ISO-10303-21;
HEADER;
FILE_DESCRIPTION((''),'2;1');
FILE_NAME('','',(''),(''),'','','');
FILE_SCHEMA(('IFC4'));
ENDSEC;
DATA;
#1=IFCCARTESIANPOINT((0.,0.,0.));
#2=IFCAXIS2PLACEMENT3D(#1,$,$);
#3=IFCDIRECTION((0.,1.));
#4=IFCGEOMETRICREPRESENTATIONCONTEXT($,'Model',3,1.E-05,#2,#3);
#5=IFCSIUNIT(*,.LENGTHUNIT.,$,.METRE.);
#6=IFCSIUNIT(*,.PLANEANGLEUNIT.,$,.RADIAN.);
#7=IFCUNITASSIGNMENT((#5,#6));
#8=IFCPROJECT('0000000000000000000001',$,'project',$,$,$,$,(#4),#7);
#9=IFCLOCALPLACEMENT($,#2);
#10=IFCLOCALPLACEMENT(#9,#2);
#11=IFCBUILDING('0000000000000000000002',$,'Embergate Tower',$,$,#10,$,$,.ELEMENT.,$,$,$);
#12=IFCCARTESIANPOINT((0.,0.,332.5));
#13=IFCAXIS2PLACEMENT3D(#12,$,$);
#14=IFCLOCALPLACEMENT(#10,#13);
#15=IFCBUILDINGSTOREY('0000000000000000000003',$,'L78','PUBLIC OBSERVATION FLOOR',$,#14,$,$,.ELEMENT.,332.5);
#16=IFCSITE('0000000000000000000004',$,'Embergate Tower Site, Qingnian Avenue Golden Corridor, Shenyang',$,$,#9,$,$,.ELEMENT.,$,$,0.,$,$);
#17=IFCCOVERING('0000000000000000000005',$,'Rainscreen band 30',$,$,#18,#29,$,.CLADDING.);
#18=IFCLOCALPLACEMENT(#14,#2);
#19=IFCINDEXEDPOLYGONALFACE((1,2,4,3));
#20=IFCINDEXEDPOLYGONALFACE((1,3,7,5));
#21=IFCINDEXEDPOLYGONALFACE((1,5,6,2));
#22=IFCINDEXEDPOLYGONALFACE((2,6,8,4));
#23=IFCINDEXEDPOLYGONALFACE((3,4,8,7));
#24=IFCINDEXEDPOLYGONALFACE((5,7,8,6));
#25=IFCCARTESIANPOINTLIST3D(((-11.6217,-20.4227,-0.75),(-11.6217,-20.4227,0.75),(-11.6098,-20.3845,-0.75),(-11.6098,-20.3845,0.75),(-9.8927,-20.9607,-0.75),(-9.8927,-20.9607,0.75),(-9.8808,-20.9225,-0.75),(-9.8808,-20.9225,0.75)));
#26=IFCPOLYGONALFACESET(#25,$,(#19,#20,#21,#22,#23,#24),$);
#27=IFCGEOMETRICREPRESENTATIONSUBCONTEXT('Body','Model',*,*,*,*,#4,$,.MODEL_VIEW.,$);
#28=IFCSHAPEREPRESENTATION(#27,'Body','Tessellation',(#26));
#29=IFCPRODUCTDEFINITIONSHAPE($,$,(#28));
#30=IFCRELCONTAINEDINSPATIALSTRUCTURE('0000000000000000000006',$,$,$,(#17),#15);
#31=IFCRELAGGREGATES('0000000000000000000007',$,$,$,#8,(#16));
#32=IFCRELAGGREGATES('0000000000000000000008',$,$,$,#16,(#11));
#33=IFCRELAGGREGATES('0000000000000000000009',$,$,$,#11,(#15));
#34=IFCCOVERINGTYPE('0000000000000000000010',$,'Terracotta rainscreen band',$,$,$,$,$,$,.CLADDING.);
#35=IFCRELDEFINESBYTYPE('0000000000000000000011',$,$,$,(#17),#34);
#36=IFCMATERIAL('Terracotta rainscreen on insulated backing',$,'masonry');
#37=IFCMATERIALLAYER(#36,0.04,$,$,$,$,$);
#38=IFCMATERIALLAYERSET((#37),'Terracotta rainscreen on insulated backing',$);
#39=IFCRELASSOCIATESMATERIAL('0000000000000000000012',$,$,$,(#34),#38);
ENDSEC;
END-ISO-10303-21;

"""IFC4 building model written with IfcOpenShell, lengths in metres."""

from ifc_helpers import new_model, si_unit, direction, frame, origin, origin_2d, place, context, subcontext, project, spatial, rectangle, extrude, source, transform, mapped, material, layer, layer_set, type_object, element, save


model = new_model("IFC4")

# Units and contexts
model_context = context("Model", 3, precision=1e-05, world=origin(), true_north=direction((0.0, 1.0)))
body_context = subcontext(model_context, "Body", "Model", "MODEL_VIEW")
ifc_project = project(units=[si_unit("LENGTHUNIT", "METRE"), si_unit("PLANEANGLEUNIT", "RADIAN")], contexts=[model_context])

# Site, building, storey
site_placement = place(None, origin())
site = spatial("IfcSite", under=ifc_project, at=site_placement, Name="Embergate Tower Site, Qingnian Avenue Golden Corridor, Shenyang", CompositionType="ELEMENT", RefElevation=0.0)
building_placement = place(site_placement, origin())
building = spatial("IfcBuilding", under=site, at=building_placement, Name="Embergate Tower", CompositionType="ELEMENT")
storey_placement = place(building_placement, frame((0.0, 0.0, 332.5)))
storey = spatial("IfcBuildingStorey", under=building, at=storey_placement, Name="L78", Description="PUBLIC OBSERVATION FLOOR", CompositionType="ELEMENT", Elevation=332.5)

# Covering
ifc_material_1 = material(Name="Terracotta rainscreen on insulated backing", Category="masonry")
ifc_layer_1 = layer(ifc_material_1, 0.04)
ifc_layer_set_1 = layer_set([ifc_layer_1], Name="Terracotta rainscreen on insulated backing")
covering_type = type_object("IfcCoveringType", Name="Terracotta rainscreen band", PredefinedType="CLADDING", material=ifc_layer_set_1)
shared_shape_1 = source(origin(), body_context, "Body", "SweptSolid", [
    extrude(rectangle(XDim=1.8108, YDim=0.04, at=origin_2d()), origin(), (0.0, 0.0, 1.0), 1.5),
])
covering_1_placement = place(storey_placement, frame((-10.7512, -20.6726, -0.75), z_axis=(0.0, 0.0, 1.0), x_axis=(0.954843, -0.297112, 0.0)))
element("IfcCovering", 1, at=covering_1_placement, inside=storey, type_object=covering_type, Name="Rainscreen band 30", PredefinedType="CLADDING", context=body_context, shape_type="MappedRepresentation", body=[
    mapped(shared_shape_1, transform((0.0, 0.0, 0.0))),
])

save(model, "model.ifc")
